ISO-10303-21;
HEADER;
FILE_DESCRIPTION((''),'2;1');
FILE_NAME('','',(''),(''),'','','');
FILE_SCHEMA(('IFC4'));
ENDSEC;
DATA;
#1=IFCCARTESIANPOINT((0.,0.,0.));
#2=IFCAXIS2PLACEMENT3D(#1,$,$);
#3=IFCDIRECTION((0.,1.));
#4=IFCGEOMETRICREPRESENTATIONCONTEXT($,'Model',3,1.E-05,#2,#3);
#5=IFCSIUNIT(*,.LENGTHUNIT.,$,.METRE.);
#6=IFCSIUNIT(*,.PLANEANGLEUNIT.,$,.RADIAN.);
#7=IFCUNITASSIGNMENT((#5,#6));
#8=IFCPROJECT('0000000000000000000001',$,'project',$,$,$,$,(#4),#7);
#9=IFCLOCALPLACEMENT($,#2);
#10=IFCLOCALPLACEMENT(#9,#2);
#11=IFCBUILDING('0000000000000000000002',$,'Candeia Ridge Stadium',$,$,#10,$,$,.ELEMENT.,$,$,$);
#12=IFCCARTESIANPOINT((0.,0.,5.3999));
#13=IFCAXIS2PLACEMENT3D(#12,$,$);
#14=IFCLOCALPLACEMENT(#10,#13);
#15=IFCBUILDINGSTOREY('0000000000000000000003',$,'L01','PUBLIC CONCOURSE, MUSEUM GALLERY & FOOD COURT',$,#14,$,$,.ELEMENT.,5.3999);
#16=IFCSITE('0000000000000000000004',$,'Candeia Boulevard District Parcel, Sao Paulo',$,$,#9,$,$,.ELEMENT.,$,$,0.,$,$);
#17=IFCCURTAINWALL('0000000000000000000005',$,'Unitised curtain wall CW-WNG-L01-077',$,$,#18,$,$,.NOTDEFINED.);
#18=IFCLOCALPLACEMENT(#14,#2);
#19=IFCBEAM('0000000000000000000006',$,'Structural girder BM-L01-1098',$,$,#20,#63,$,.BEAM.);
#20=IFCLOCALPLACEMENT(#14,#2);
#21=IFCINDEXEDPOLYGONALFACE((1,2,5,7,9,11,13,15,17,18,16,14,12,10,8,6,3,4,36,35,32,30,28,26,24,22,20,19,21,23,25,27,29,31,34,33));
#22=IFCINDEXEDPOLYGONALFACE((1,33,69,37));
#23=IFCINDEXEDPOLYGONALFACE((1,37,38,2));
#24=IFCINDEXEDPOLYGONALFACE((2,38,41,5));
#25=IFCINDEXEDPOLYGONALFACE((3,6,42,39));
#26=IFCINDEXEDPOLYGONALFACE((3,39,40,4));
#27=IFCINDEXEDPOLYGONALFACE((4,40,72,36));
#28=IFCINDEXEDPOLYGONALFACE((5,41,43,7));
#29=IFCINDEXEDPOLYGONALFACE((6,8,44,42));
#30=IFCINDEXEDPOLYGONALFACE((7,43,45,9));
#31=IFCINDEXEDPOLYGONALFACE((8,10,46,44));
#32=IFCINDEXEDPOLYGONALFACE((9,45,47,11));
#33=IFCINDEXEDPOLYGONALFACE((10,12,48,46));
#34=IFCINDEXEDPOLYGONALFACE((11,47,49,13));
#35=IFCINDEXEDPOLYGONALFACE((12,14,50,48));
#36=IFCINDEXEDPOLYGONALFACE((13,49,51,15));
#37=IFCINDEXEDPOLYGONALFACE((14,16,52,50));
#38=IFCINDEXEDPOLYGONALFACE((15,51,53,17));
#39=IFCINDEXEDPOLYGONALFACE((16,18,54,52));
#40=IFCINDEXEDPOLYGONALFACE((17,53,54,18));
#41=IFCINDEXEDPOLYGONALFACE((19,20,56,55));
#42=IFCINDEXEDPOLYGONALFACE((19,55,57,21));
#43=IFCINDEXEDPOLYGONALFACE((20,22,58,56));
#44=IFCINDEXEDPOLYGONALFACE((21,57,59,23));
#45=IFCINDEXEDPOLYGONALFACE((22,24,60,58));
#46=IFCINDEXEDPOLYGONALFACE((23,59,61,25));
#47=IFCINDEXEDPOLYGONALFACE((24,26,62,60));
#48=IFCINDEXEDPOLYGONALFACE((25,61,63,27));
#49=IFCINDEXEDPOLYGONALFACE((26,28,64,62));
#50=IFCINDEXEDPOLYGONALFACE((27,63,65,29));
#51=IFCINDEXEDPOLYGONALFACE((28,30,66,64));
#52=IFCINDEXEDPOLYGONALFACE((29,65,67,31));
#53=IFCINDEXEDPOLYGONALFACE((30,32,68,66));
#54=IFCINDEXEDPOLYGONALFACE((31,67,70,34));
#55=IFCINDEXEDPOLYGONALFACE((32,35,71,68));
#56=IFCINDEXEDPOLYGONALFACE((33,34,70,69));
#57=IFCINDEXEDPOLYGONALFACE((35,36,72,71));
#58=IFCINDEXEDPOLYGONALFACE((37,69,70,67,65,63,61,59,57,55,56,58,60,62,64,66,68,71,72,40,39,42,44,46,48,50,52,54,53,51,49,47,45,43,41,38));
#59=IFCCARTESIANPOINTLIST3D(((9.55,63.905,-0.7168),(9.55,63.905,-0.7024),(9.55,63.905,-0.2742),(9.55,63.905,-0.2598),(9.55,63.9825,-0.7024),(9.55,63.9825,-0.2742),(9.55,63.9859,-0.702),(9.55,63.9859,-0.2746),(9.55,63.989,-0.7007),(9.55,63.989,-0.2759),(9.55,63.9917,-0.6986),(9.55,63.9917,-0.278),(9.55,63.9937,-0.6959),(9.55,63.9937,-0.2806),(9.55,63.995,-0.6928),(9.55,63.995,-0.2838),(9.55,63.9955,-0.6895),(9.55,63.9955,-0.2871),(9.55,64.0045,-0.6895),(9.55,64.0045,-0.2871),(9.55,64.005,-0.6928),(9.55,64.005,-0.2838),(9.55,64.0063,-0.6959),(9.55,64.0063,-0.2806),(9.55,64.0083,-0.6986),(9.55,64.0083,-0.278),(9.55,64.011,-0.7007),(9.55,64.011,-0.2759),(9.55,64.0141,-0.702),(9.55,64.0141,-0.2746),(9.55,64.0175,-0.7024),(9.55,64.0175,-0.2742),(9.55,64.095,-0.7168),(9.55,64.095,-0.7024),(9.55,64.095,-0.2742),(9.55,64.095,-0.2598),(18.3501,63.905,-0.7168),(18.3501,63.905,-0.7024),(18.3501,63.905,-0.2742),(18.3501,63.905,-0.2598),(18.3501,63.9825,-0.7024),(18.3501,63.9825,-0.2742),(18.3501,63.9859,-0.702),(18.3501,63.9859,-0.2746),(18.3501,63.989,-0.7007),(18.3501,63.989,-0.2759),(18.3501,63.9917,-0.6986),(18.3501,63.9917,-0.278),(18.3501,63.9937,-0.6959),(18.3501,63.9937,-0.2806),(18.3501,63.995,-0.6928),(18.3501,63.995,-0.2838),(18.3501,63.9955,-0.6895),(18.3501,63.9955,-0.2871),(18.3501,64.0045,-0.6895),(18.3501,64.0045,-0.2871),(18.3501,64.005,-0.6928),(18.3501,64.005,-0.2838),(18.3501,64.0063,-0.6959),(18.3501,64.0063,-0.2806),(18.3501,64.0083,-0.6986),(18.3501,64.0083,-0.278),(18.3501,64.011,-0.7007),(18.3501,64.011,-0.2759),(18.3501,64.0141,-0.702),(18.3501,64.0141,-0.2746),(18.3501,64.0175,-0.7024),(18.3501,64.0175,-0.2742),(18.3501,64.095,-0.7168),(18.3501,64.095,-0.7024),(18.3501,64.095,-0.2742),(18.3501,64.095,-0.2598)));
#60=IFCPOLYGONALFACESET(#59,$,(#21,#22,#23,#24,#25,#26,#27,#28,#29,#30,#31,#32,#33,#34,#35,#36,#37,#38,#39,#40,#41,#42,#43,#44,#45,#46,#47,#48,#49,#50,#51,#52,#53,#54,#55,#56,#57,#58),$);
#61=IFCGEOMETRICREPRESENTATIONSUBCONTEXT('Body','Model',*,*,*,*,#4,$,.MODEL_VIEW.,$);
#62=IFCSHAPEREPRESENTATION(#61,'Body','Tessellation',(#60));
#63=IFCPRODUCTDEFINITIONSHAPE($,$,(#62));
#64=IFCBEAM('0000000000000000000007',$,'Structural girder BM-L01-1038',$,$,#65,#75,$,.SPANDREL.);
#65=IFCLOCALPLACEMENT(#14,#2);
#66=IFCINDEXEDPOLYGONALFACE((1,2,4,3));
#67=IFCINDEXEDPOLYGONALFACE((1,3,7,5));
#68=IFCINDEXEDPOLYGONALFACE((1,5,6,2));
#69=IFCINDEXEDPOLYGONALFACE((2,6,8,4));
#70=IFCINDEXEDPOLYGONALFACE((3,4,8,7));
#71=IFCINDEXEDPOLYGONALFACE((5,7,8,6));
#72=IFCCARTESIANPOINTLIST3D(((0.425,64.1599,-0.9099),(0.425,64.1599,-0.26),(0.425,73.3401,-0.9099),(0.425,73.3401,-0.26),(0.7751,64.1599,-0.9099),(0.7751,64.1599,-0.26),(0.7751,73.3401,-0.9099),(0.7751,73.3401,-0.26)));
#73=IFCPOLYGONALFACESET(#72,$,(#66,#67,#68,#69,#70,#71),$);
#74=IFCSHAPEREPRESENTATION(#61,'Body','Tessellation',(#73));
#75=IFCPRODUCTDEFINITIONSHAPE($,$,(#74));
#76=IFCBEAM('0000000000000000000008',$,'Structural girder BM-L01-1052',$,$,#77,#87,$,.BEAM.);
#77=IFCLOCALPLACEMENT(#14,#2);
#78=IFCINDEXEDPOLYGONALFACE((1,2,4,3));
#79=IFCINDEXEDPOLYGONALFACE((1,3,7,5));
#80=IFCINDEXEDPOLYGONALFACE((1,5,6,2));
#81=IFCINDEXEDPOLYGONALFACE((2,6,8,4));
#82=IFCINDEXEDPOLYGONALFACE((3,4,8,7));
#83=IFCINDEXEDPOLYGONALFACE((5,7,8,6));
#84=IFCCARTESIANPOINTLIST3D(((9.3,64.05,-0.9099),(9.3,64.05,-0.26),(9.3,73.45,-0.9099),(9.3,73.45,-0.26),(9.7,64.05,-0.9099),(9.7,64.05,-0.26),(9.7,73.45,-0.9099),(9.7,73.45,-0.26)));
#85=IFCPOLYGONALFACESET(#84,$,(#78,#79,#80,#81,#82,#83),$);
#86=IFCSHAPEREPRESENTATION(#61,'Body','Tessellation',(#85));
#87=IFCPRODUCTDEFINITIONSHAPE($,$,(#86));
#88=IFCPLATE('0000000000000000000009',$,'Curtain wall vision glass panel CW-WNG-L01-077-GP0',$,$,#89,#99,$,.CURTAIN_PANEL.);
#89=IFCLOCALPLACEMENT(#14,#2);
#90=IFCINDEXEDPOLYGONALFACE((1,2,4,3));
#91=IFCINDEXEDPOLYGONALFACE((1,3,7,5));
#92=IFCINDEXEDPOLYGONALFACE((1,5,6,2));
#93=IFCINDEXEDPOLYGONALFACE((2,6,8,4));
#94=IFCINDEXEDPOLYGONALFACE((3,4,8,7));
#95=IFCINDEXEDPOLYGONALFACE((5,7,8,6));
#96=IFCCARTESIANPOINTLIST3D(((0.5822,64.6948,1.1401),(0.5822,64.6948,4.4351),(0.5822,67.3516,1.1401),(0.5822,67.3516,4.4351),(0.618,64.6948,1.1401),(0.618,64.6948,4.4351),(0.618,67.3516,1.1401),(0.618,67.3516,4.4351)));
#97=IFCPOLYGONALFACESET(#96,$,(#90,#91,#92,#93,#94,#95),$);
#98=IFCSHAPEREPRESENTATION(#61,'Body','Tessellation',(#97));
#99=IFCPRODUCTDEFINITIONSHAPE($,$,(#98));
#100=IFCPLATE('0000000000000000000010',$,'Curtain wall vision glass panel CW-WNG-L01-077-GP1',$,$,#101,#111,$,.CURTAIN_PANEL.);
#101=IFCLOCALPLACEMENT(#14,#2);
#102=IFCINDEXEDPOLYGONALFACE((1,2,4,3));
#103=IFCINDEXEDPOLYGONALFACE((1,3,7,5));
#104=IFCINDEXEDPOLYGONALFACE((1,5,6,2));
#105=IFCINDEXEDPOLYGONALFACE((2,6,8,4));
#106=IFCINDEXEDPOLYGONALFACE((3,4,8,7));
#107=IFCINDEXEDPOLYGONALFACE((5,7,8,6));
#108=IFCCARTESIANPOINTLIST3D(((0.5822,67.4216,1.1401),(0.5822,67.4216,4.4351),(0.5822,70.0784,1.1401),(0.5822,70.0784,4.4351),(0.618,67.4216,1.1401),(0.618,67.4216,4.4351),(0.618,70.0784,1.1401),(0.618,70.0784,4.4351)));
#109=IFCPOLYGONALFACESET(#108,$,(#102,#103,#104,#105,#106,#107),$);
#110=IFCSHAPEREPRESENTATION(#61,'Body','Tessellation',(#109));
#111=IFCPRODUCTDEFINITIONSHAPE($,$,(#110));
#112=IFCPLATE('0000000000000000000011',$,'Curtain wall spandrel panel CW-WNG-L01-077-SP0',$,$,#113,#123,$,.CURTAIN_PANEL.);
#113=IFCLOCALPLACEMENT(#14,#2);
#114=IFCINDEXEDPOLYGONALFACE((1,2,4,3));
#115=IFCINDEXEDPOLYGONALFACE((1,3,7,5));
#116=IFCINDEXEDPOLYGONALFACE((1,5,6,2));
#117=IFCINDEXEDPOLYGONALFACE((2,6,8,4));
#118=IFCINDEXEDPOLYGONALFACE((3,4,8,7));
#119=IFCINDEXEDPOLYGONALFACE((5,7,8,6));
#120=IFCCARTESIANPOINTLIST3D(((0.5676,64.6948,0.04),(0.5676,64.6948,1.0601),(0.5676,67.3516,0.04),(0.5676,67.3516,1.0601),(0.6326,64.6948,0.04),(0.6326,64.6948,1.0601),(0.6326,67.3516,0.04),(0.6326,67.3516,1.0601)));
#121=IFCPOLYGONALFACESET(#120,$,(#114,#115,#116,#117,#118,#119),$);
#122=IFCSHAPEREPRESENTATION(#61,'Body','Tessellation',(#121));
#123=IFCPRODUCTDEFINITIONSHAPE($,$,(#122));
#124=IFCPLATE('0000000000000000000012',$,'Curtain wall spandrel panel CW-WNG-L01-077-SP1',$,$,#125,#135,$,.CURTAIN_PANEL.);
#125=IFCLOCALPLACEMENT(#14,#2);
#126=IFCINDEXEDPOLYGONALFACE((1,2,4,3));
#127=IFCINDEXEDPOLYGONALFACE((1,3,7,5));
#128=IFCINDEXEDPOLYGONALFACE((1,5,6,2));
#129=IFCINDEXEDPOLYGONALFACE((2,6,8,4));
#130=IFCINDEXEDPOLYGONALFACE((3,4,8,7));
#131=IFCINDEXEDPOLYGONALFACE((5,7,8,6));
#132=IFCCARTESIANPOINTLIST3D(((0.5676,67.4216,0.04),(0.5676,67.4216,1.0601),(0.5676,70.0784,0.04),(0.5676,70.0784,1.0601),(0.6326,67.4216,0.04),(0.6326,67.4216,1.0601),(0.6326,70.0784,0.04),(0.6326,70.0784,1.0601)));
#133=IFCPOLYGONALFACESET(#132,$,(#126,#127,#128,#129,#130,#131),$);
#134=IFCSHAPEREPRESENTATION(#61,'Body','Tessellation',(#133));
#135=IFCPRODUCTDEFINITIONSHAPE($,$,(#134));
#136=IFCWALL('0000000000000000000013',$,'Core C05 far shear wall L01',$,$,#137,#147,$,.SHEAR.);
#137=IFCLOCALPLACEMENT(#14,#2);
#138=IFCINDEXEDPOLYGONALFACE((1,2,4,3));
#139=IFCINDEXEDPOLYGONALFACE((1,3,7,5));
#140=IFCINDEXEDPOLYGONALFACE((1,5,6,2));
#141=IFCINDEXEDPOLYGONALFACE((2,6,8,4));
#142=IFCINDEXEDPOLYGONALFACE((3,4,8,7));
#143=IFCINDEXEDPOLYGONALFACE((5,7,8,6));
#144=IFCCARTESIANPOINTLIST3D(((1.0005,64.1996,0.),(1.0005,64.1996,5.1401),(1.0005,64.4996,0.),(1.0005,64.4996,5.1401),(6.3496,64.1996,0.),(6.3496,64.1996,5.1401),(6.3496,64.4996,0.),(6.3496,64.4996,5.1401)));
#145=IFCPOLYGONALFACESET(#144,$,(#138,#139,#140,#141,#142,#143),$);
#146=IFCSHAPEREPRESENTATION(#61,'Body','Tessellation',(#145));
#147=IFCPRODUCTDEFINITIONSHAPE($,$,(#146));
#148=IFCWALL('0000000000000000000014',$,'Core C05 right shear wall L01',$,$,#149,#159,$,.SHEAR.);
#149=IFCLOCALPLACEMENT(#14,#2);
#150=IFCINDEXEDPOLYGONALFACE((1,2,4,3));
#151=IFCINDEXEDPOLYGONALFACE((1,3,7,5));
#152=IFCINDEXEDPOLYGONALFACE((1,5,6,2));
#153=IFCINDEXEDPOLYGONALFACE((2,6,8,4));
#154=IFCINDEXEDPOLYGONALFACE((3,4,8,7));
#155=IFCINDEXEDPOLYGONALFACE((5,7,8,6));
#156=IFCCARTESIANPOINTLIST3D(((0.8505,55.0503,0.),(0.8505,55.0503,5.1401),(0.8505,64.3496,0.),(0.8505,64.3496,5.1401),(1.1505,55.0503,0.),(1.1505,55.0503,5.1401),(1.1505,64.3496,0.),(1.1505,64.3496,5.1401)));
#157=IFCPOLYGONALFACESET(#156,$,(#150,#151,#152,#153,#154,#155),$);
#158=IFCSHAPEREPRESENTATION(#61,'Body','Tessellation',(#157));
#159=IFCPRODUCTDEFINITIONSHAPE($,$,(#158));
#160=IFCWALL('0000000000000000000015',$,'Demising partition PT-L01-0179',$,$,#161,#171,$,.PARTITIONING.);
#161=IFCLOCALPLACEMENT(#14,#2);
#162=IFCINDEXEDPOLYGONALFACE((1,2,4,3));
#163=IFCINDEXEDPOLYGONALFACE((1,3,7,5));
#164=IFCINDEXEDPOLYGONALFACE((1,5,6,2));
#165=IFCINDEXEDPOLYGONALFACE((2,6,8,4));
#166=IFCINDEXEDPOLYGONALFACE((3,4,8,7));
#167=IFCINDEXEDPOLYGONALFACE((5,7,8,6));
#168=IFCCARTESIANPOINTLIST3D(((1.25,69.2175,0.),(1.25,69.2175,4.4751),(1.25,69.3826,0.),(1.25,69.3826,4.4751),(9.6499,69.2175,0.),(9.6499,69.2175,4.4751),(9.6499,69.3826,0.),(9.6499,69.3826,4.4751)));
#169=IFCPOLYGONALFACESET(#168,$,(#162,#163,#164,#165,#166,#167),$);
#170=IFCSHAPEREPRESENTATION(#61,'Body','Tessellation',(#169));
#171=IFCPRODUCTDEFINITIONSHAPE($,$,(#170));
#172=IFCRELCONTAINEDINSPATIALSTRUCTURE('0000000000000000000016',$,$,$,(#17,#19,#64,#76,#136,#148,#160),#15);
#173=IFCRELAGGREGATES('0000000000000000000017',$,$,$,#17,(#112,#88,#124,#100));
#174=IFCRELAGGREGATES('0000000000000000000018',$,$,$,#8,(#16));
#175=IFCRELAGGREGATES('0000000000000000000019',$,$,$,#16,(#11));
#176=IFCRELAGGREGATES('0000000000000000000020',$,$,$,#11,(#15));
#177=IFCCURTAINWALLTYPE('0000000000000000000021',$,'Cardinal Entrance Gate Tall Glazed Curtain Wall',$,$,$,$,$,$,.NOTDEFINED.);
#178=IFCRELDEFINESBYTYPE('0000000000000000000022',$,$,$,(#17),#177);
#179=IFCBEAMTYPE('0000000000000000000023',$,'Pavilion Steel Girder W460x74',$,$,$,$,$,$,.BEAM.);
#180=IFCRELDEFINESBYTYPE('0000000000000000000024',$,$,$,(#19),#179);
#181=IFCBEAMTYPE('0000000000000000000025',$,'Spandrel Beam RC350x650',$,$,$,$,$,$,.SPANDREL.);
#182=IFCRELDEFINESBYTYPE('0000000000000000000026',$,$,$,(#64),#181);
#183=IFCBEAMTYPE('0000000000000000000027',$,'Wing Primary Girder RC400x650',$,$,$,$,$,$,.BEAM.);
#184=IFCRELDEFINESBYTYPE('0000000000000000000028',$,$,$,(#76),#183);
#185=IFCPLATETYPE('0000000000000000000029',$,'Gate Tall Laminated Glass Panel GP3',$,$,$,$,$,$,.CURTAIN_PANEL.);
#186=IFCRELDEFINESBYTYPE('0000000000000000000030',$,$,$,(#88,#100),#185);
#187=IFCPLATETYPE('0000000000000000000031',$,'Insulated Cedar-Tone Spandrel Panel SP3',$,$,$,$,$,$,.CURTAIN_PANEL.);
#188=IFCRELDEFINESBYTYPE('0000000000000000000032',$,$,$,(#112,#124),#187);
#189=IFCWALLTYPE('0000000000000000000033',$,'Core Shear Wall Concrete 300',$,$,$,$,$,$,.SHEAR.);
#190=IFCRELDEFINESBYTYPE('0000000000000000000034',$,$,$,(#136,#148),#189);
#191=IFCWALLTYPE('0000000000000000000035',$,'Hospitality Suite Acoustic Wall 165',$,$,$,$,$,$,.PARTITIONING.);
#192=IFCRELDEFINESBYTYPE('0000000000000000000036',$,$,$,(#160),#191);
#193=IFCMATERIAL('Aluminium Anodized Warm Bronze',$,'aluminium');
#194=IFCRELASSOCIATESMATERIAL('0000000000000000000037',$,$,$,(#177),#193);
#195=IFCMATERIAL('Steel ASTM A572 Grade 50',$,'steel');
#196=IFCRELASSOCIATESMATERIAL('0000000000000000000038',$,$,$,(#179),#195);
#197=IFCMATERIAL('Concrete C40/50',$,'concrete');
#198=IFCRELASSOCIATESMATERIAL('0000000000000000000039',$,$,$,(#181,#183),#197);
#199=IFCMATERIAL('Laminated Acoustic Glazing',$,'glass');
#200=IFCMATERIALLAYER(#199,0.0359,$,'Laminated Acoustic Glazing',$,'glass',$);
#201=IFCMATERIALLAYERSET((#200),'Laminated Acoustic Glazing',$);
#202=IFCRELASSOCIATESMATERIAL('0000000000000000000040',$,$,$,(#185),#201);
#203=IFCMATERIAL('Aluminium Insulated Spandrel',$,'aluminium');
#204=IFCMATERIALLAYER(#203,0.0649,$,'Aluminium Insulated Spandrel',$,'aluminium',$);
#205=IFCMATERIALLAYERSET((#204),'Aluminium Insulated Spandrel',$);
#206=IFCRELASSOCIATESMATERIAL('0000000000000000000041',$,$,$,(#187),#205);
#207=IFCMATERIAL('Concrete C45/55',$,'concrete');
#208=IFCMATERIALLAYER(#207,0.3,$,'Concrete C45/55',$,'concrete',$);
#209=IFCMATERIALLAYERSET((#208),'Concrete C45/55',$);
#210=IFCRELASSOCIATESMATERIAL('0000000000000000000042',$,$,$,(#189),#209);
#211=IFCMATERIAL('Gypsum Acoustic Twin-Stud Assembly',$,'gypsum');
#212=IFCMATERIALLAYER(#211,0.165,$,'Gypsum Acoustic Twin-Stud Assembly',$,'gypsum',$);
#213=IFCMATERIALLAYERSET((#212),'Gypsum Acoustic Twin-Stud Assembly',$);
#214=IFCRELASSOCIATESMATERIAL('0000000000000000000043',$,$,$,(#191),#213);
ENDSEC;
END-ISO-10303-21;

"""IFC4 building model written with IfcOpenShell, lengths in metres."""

from ifc_helpers import new_model, si_unit, direction, frame, frame_2d, origin, origin_2d, place, context, subcontext, project, spatial, rectangle, i_section, extrude, material, layer, layer_set, material_profile, profile_set, type_object, element, aggregate, save


model = new_model("IFC4")

# Units and contexts
model_context = context("Model", 3, precision=1e-05, world=origin(), true_north=direction((0.0, 1.0)))
body_context = subcontext(model_context, "Body", "Model", "MODEL_VIEW")
ifc_project = project(units=[si_unit("LENGTHUNIT", "METRE"), si_unit("PLANEANGLEUNIT", "RADIAN")], contexts=[model_context])

# Site, building, storey
site_placement = place(None, origin())
site = spatial("IfcSite", under=ifc_project, at=site_placement, Name="Candeia Boulevard District Parcel, Sao Paulo", CompositionType="ELEMENT", RefElevation=0.0)
building_placement = place(site_placement, origin())
building = spatial("IfcBuilding", under=site, at=building_placement, Name="Candeia Ridge Stadium", CompositionType="ELEMENT")
storey_placement = place(building_placement, frame((0.0, 0.0, 5.3999)))
storey = spatial("IfcBuildingStorey", under=building, at=storey_placement, Name="L01", Description="PUBLIC CONCOURSE, MUSEUM GALLERY & FOOD COURT", CompositionType="ELEMENT", Elevation=5.3999)

# Shared definitions
ifc_material_1 = material(Name="Concrete C40/50", Category="concrete")
ifc_material_2 = material(Name="Concrete C45/55", Category="concrete")

# Curtain wall
ifc_material_3 = material(Name="Aluminium Anodized Warm Bronze", Category="aluminium")
curtain_wall_type = type_object("IfcCurtainWallType", Name="Cardinal Entrance Gate Tall Glazed Curtain Wall", PredefinedType="NOTDEFINED", material=ifc_material_3)
curtain_wall_placement = place(storey_placement, origin())
curtain_wall = element("IfcCurtainWall", 1, at=curtain_wall_placement, inside=storey, type_object=curtain_wall_type, Name="Unitised curtain wall CW-WNG-L01-077", PredefinedType="NOTDEFINED")

# Beams
ifc_material_4 = material(Name="Steel ASTM A572 Grade 50", Category="steel")
ifc_material_profile_1 = material_profile(ifc_material_4, i_section(OverallWidth=0.1899, OverallDepth=0.457, WebThickness=0.009, FlangeThickness=0.0144, FilletRadius=0.0129, at=origin_2d()), Name="W460x74", Category="steel")
ifc_profile_set_1 = profile_set([ifc_material_profile_1], Name="Steel ASTM A572 Grade 50")
beam_type_1 = type_object("IfcBeamType", Name="Pavilion Steel Girder W460x74", PredefinedType="BEAM", material=ifc_profile_set_1)
beam_1_placement = place(storey_placement, frame((9.55, 64.0, -0.4883), z_axis=(1.0, 0.0, 0.0), x_axis=(0.0, 1.0, 0.0)))
element("IfcBeam", 2, at=beam_1_placement, inside=storey, type_object=beam_type_1, Name="Structural girder BM-L01-1098", PredefinedType="BEAM", context=body_context, shape_type="SweptSolid", body=[
    extrude(i_section(OverallWidth=0.1899, OverallDepth=0.457, WebThickness=0.009, FlangeThickness=0.0144, FilletRadius=0.0129, at=origin_2d()), origin(), (0.0, 0.0, 1.0), 8.8),
])
ifc_material_profile_2 = material_profile(ifc_material_1, rectangle(XDim=0.3501, YDim=0.6499, at=origin_2d()), Name="RC350x650", Category="concrete")
ifc_profile_set_2 = profile_set([ifc_material_profile_2], Name="Concrete C40/50")
beam_type_2 = type_object("IfcBeamType", Name="Spandrel Beam RC350x650", PredefinedType="SPANDREL", material=ifc_profile_set_2)
beam_2_placement = place(storey_placement, frame((0.6001, 64.1599, -0.585), z_axis=(0.0, 1.0, 0.0), x_axis=(-1.0, 0.0, 0.0)))
element("IfcBeam", 3, at=beam_2_placement, inside=storey, type_object=beam_type_2, Name="Structural girder BM-L01-1038", PredefinedType="SPANDREL", context=body_context, shape_type="SweptSolid", body=[
    extrude(rectangle(XDim=0.3501, YDim=0.6499, at=origin_2d()), origin(), (0.0, 0.0, 1.0), 9.1802),
])
ifc_material_profile_3 = material_profile(ifc_material_1, rectangle(XDim=0.3999, YDim=0.6499, at=origin_2d()), Name="RC400x650", Category="concrete")
ifc_profile_set_3 = profile_set([ifc_material_profile_3], Name="Concrete C40/50")
beam_type_3 = type_object("IfcBeamType", Name="Wing Primary Girder RC400x650", PredefinedType="BEAM", material=ifc_profile_set_3)
beam_3_placement = place(storey_placement, frame((9.5, 64.05, -0.585), z_axis=(0.0, 1.0, 0.0), x_axis=(-1.0, 0.0, 0.0)))
element("IfcBeam", 4, at=beam_3_placement, inside=storey, type_object=beam_type_3, Name="Structural girder BM-L01-1052", PredefinedType="BEAM", context=body_context, shape_type="SweptSolid", body=[
    extrude(rectangle(XDim=0.3999, YDim=0.6499, at=origin_2d()), origin(), (0.0, 0.0, 1.0), 9.3999),
])

# Plates
ifc_material_5 = material(Name="Laminated Acoustic Glazing", Category="glass")
ifc_layer_1 = layer(ifc_material_5, 0.0359, Name="Laminated Acoustic Glazing", Category="glass")
ifc_layer_set_1 = layer_set([ifc_layer_1], Name="Laminated Acoustic Glazing")
plate_type_1 = type_object("IfcPlateType", Name="Gate Tall Laminated Glass Panel GP3", PredefinedType="CURTAIN_PANEL", material=ifc_layer_set_1)
plate_1_placement = place(storey_placement, frame((0.6001, 66.0232, 1.1401), z_axis=(0.0, 0.0, 1.0), x_axis=(0.0, 1.0, 0.0)))
plate_1 = element("IfcPlate", 5, at=plate_1_placement, type_object=plate_type_1, Name="Curtain wall vision glass panel CW-WNG-L01-077-GP0", PredefinedType="CURTAIN_PANEL", context=body_context, shape_type="SweptSolid", body=[
    extrude(rectangle(XDim=2.6567, YDim=0.0359, at=origin_2d()), origin(), (0.0, 0.0, 1.0), 3.2949),
])
plate_2_placement = place(storey_placement, frame((0.6001, 68.75, 1.1401), z_axis=(0.0, 0.0, 1.0), x_axis=(0.0, 1.0, 0.0)))
plate_2 = element("IfcPlate", 6, at=plate_2_placement, type_object=plate_type_1, Name="Curtain wall vision glass panel CW-WNG-L01-077-GP1", PredefinedType="CURTAIN_PANEL", context=body_context, shape_type="SweptSolid", body=[
    extrude(rectangle(XDim=2.6567, YDim=0.0359, at=origin_2d()), origin(), (0.0, 0.0, 1.0), 3.2949),
])
ifc_material_6 = material(Name="Aluminium Insulated Spandrel", Category="aluminium")
ifc_layer_2 = layer(ifc_material_6, 0.0649, Name="Aluminium Insulated Spandrel", Category="aluminium")
ifc_layer_set_2 = layer_set([ifc_layer_2], Name="Aluminium Insulated Spandrel")
plate_type_2 = type_object("IfcPlateType", Name="Insulated Cedar-Tone Spandrel Panel SP3", PredefinedType="CURTAIN_PANEL", material=ifc_layer_set_2)
plate_3_placement = place(storey_placement, frame((0.6001, 66.0232, 0.04), z_axis=(0.0, 0.0, 1.0), x_axis=(0.0, 1.0, 0.0)))
plate_3 = element("IfcPlate", 7, at=plate_3_placement, type_object=plate_type_2, Name="Curtain wall spandrel panel CW-WNG-L01-077-SP0", PredefinedType="CURTAIN_PANEL", context=body_context, shape_type="SweptSolid", body=[
    extrude(rectangle(XDim=2.6567, YDim=0.0649, at=origin_2d()), origin(), (0.0, 0.0, 1.0), 1.02),
])
plate_4_placement = place(storey_placement, frame((0.6001, 68.75, 0.04), z_axis=(0.0, 0.0, 1.0), x_axis=(0.0, 1.0, 0.0)))
plate_4 = element("IfcPlate", 8, at=plate_4_placement, type_object=plate_type_2, Name="Curtain wall spandrel panel CW-WNG-L01-077-SP1", PredefinedType="CURTAIN_PANEL", context=body_context, shape_type="SweptSolid", body=[
    extrude(rectangle(XDim=2.6567, YDim=0.0649, at=origin_2d()), origin(), (0.0, 0.0, 1.0), 1.02),
])
aggregate(curtain_wall, [plate_3, plate_1, plate_4, plate_2])

# Walls
ifc_layer_3 = layer(ifc_material_2, 0.3, Name="Concrete C45/55", Category="concrete")
ifc_layer_set_3 = layer_set([ifc_layer_3], Name="Concrete C45/55")
wall_type_1 = type_object("IfcWallType", Name="Core Shear Wall Concrete 300", PredefinedType="SHEAR", material=ifc_layer_set_3)
wall_1_placement = place(storey_placement, frame((6.3496, 64.3496, 0.0), z_axis=(0.0, 0.0, 1.0), x_axis=(-1.0, 0.0, 0.0)))
element("IfcWall", 9, at=wall_1_placement, inside=storey, type_object=wall_type_1, Name="Core C05 far shear wall L01", PredefinedType="SHEAR", context=body_context, shape_type="SweptSolid", body=[
    extrude(rectangle(XDim=5.3491, YDim=0.3, at=frame_2d((2.6746, 0.0))), origin(), (0.0, 0.0, 1.0), 5.1401),
])
wall_2_placement = place(storey_placement, frame((1.0005, 64.3496, 0.0), z_axis=(0.0, 0.0, 1.0), x_axis=(0.0, -1.0, 0.0)))
element("IfcWall", 10, at=wall_2_placement, inside=storey, type_object=wall_type_1, Name="Core C05 right shear wall L01", PredefinedType="SHEAR", context=body_context, shape_type="SweptSolid", body=[
    extrude(rectangle(XDim=9.2993, YDim=0.3, at=frame_2d((4.6497, 0.0))), origin(), (0.0, 0.0, 1.0), 5.1401),
])
ifc_material_7 = material(Name="Gypsum Acoustic Twin-Stud Assembly", Category="gypsum")
ifc_layer_4 = layer(ifc_material_7, 0.165, Name="Gypsum Acoustic Twin-Stud Assembly", Category="gypsum")
ifc_layer_set_4 = layer_set([ifc_layer_4], Name="Gypsum Acoustic Twin-Stud Assembly")
wall_type_2 = type_object("IfcWallType", Name="Hospitality Suite Acoustic Wall 165", PredefinedType="PARTITIONING", material=ifc_layer_set_4)
wall_3_placement = place(storey_placement, frame((1.25, 69.3, 0.0), z_axis=(0.0, 0.0, 1.0), x_axis=(1.0, 0.0, 0.0)))
element("IfcWall", 11, at=wall_3_placement, inside=storey, type_object=wall_type_2, Name="Demising partition PT-L01-0179", PredefinedType="PARTITIONING", context=body_context, shape_type="SweptSolid", body=[
    extrude(rectangle(XDim=8.3999, YDim=0.165, at=frame_2d((4.2, 0.0))), origin(), (0.0, 0.0, 1.0), 4.4751),
])

save(model, "model.ifc")
